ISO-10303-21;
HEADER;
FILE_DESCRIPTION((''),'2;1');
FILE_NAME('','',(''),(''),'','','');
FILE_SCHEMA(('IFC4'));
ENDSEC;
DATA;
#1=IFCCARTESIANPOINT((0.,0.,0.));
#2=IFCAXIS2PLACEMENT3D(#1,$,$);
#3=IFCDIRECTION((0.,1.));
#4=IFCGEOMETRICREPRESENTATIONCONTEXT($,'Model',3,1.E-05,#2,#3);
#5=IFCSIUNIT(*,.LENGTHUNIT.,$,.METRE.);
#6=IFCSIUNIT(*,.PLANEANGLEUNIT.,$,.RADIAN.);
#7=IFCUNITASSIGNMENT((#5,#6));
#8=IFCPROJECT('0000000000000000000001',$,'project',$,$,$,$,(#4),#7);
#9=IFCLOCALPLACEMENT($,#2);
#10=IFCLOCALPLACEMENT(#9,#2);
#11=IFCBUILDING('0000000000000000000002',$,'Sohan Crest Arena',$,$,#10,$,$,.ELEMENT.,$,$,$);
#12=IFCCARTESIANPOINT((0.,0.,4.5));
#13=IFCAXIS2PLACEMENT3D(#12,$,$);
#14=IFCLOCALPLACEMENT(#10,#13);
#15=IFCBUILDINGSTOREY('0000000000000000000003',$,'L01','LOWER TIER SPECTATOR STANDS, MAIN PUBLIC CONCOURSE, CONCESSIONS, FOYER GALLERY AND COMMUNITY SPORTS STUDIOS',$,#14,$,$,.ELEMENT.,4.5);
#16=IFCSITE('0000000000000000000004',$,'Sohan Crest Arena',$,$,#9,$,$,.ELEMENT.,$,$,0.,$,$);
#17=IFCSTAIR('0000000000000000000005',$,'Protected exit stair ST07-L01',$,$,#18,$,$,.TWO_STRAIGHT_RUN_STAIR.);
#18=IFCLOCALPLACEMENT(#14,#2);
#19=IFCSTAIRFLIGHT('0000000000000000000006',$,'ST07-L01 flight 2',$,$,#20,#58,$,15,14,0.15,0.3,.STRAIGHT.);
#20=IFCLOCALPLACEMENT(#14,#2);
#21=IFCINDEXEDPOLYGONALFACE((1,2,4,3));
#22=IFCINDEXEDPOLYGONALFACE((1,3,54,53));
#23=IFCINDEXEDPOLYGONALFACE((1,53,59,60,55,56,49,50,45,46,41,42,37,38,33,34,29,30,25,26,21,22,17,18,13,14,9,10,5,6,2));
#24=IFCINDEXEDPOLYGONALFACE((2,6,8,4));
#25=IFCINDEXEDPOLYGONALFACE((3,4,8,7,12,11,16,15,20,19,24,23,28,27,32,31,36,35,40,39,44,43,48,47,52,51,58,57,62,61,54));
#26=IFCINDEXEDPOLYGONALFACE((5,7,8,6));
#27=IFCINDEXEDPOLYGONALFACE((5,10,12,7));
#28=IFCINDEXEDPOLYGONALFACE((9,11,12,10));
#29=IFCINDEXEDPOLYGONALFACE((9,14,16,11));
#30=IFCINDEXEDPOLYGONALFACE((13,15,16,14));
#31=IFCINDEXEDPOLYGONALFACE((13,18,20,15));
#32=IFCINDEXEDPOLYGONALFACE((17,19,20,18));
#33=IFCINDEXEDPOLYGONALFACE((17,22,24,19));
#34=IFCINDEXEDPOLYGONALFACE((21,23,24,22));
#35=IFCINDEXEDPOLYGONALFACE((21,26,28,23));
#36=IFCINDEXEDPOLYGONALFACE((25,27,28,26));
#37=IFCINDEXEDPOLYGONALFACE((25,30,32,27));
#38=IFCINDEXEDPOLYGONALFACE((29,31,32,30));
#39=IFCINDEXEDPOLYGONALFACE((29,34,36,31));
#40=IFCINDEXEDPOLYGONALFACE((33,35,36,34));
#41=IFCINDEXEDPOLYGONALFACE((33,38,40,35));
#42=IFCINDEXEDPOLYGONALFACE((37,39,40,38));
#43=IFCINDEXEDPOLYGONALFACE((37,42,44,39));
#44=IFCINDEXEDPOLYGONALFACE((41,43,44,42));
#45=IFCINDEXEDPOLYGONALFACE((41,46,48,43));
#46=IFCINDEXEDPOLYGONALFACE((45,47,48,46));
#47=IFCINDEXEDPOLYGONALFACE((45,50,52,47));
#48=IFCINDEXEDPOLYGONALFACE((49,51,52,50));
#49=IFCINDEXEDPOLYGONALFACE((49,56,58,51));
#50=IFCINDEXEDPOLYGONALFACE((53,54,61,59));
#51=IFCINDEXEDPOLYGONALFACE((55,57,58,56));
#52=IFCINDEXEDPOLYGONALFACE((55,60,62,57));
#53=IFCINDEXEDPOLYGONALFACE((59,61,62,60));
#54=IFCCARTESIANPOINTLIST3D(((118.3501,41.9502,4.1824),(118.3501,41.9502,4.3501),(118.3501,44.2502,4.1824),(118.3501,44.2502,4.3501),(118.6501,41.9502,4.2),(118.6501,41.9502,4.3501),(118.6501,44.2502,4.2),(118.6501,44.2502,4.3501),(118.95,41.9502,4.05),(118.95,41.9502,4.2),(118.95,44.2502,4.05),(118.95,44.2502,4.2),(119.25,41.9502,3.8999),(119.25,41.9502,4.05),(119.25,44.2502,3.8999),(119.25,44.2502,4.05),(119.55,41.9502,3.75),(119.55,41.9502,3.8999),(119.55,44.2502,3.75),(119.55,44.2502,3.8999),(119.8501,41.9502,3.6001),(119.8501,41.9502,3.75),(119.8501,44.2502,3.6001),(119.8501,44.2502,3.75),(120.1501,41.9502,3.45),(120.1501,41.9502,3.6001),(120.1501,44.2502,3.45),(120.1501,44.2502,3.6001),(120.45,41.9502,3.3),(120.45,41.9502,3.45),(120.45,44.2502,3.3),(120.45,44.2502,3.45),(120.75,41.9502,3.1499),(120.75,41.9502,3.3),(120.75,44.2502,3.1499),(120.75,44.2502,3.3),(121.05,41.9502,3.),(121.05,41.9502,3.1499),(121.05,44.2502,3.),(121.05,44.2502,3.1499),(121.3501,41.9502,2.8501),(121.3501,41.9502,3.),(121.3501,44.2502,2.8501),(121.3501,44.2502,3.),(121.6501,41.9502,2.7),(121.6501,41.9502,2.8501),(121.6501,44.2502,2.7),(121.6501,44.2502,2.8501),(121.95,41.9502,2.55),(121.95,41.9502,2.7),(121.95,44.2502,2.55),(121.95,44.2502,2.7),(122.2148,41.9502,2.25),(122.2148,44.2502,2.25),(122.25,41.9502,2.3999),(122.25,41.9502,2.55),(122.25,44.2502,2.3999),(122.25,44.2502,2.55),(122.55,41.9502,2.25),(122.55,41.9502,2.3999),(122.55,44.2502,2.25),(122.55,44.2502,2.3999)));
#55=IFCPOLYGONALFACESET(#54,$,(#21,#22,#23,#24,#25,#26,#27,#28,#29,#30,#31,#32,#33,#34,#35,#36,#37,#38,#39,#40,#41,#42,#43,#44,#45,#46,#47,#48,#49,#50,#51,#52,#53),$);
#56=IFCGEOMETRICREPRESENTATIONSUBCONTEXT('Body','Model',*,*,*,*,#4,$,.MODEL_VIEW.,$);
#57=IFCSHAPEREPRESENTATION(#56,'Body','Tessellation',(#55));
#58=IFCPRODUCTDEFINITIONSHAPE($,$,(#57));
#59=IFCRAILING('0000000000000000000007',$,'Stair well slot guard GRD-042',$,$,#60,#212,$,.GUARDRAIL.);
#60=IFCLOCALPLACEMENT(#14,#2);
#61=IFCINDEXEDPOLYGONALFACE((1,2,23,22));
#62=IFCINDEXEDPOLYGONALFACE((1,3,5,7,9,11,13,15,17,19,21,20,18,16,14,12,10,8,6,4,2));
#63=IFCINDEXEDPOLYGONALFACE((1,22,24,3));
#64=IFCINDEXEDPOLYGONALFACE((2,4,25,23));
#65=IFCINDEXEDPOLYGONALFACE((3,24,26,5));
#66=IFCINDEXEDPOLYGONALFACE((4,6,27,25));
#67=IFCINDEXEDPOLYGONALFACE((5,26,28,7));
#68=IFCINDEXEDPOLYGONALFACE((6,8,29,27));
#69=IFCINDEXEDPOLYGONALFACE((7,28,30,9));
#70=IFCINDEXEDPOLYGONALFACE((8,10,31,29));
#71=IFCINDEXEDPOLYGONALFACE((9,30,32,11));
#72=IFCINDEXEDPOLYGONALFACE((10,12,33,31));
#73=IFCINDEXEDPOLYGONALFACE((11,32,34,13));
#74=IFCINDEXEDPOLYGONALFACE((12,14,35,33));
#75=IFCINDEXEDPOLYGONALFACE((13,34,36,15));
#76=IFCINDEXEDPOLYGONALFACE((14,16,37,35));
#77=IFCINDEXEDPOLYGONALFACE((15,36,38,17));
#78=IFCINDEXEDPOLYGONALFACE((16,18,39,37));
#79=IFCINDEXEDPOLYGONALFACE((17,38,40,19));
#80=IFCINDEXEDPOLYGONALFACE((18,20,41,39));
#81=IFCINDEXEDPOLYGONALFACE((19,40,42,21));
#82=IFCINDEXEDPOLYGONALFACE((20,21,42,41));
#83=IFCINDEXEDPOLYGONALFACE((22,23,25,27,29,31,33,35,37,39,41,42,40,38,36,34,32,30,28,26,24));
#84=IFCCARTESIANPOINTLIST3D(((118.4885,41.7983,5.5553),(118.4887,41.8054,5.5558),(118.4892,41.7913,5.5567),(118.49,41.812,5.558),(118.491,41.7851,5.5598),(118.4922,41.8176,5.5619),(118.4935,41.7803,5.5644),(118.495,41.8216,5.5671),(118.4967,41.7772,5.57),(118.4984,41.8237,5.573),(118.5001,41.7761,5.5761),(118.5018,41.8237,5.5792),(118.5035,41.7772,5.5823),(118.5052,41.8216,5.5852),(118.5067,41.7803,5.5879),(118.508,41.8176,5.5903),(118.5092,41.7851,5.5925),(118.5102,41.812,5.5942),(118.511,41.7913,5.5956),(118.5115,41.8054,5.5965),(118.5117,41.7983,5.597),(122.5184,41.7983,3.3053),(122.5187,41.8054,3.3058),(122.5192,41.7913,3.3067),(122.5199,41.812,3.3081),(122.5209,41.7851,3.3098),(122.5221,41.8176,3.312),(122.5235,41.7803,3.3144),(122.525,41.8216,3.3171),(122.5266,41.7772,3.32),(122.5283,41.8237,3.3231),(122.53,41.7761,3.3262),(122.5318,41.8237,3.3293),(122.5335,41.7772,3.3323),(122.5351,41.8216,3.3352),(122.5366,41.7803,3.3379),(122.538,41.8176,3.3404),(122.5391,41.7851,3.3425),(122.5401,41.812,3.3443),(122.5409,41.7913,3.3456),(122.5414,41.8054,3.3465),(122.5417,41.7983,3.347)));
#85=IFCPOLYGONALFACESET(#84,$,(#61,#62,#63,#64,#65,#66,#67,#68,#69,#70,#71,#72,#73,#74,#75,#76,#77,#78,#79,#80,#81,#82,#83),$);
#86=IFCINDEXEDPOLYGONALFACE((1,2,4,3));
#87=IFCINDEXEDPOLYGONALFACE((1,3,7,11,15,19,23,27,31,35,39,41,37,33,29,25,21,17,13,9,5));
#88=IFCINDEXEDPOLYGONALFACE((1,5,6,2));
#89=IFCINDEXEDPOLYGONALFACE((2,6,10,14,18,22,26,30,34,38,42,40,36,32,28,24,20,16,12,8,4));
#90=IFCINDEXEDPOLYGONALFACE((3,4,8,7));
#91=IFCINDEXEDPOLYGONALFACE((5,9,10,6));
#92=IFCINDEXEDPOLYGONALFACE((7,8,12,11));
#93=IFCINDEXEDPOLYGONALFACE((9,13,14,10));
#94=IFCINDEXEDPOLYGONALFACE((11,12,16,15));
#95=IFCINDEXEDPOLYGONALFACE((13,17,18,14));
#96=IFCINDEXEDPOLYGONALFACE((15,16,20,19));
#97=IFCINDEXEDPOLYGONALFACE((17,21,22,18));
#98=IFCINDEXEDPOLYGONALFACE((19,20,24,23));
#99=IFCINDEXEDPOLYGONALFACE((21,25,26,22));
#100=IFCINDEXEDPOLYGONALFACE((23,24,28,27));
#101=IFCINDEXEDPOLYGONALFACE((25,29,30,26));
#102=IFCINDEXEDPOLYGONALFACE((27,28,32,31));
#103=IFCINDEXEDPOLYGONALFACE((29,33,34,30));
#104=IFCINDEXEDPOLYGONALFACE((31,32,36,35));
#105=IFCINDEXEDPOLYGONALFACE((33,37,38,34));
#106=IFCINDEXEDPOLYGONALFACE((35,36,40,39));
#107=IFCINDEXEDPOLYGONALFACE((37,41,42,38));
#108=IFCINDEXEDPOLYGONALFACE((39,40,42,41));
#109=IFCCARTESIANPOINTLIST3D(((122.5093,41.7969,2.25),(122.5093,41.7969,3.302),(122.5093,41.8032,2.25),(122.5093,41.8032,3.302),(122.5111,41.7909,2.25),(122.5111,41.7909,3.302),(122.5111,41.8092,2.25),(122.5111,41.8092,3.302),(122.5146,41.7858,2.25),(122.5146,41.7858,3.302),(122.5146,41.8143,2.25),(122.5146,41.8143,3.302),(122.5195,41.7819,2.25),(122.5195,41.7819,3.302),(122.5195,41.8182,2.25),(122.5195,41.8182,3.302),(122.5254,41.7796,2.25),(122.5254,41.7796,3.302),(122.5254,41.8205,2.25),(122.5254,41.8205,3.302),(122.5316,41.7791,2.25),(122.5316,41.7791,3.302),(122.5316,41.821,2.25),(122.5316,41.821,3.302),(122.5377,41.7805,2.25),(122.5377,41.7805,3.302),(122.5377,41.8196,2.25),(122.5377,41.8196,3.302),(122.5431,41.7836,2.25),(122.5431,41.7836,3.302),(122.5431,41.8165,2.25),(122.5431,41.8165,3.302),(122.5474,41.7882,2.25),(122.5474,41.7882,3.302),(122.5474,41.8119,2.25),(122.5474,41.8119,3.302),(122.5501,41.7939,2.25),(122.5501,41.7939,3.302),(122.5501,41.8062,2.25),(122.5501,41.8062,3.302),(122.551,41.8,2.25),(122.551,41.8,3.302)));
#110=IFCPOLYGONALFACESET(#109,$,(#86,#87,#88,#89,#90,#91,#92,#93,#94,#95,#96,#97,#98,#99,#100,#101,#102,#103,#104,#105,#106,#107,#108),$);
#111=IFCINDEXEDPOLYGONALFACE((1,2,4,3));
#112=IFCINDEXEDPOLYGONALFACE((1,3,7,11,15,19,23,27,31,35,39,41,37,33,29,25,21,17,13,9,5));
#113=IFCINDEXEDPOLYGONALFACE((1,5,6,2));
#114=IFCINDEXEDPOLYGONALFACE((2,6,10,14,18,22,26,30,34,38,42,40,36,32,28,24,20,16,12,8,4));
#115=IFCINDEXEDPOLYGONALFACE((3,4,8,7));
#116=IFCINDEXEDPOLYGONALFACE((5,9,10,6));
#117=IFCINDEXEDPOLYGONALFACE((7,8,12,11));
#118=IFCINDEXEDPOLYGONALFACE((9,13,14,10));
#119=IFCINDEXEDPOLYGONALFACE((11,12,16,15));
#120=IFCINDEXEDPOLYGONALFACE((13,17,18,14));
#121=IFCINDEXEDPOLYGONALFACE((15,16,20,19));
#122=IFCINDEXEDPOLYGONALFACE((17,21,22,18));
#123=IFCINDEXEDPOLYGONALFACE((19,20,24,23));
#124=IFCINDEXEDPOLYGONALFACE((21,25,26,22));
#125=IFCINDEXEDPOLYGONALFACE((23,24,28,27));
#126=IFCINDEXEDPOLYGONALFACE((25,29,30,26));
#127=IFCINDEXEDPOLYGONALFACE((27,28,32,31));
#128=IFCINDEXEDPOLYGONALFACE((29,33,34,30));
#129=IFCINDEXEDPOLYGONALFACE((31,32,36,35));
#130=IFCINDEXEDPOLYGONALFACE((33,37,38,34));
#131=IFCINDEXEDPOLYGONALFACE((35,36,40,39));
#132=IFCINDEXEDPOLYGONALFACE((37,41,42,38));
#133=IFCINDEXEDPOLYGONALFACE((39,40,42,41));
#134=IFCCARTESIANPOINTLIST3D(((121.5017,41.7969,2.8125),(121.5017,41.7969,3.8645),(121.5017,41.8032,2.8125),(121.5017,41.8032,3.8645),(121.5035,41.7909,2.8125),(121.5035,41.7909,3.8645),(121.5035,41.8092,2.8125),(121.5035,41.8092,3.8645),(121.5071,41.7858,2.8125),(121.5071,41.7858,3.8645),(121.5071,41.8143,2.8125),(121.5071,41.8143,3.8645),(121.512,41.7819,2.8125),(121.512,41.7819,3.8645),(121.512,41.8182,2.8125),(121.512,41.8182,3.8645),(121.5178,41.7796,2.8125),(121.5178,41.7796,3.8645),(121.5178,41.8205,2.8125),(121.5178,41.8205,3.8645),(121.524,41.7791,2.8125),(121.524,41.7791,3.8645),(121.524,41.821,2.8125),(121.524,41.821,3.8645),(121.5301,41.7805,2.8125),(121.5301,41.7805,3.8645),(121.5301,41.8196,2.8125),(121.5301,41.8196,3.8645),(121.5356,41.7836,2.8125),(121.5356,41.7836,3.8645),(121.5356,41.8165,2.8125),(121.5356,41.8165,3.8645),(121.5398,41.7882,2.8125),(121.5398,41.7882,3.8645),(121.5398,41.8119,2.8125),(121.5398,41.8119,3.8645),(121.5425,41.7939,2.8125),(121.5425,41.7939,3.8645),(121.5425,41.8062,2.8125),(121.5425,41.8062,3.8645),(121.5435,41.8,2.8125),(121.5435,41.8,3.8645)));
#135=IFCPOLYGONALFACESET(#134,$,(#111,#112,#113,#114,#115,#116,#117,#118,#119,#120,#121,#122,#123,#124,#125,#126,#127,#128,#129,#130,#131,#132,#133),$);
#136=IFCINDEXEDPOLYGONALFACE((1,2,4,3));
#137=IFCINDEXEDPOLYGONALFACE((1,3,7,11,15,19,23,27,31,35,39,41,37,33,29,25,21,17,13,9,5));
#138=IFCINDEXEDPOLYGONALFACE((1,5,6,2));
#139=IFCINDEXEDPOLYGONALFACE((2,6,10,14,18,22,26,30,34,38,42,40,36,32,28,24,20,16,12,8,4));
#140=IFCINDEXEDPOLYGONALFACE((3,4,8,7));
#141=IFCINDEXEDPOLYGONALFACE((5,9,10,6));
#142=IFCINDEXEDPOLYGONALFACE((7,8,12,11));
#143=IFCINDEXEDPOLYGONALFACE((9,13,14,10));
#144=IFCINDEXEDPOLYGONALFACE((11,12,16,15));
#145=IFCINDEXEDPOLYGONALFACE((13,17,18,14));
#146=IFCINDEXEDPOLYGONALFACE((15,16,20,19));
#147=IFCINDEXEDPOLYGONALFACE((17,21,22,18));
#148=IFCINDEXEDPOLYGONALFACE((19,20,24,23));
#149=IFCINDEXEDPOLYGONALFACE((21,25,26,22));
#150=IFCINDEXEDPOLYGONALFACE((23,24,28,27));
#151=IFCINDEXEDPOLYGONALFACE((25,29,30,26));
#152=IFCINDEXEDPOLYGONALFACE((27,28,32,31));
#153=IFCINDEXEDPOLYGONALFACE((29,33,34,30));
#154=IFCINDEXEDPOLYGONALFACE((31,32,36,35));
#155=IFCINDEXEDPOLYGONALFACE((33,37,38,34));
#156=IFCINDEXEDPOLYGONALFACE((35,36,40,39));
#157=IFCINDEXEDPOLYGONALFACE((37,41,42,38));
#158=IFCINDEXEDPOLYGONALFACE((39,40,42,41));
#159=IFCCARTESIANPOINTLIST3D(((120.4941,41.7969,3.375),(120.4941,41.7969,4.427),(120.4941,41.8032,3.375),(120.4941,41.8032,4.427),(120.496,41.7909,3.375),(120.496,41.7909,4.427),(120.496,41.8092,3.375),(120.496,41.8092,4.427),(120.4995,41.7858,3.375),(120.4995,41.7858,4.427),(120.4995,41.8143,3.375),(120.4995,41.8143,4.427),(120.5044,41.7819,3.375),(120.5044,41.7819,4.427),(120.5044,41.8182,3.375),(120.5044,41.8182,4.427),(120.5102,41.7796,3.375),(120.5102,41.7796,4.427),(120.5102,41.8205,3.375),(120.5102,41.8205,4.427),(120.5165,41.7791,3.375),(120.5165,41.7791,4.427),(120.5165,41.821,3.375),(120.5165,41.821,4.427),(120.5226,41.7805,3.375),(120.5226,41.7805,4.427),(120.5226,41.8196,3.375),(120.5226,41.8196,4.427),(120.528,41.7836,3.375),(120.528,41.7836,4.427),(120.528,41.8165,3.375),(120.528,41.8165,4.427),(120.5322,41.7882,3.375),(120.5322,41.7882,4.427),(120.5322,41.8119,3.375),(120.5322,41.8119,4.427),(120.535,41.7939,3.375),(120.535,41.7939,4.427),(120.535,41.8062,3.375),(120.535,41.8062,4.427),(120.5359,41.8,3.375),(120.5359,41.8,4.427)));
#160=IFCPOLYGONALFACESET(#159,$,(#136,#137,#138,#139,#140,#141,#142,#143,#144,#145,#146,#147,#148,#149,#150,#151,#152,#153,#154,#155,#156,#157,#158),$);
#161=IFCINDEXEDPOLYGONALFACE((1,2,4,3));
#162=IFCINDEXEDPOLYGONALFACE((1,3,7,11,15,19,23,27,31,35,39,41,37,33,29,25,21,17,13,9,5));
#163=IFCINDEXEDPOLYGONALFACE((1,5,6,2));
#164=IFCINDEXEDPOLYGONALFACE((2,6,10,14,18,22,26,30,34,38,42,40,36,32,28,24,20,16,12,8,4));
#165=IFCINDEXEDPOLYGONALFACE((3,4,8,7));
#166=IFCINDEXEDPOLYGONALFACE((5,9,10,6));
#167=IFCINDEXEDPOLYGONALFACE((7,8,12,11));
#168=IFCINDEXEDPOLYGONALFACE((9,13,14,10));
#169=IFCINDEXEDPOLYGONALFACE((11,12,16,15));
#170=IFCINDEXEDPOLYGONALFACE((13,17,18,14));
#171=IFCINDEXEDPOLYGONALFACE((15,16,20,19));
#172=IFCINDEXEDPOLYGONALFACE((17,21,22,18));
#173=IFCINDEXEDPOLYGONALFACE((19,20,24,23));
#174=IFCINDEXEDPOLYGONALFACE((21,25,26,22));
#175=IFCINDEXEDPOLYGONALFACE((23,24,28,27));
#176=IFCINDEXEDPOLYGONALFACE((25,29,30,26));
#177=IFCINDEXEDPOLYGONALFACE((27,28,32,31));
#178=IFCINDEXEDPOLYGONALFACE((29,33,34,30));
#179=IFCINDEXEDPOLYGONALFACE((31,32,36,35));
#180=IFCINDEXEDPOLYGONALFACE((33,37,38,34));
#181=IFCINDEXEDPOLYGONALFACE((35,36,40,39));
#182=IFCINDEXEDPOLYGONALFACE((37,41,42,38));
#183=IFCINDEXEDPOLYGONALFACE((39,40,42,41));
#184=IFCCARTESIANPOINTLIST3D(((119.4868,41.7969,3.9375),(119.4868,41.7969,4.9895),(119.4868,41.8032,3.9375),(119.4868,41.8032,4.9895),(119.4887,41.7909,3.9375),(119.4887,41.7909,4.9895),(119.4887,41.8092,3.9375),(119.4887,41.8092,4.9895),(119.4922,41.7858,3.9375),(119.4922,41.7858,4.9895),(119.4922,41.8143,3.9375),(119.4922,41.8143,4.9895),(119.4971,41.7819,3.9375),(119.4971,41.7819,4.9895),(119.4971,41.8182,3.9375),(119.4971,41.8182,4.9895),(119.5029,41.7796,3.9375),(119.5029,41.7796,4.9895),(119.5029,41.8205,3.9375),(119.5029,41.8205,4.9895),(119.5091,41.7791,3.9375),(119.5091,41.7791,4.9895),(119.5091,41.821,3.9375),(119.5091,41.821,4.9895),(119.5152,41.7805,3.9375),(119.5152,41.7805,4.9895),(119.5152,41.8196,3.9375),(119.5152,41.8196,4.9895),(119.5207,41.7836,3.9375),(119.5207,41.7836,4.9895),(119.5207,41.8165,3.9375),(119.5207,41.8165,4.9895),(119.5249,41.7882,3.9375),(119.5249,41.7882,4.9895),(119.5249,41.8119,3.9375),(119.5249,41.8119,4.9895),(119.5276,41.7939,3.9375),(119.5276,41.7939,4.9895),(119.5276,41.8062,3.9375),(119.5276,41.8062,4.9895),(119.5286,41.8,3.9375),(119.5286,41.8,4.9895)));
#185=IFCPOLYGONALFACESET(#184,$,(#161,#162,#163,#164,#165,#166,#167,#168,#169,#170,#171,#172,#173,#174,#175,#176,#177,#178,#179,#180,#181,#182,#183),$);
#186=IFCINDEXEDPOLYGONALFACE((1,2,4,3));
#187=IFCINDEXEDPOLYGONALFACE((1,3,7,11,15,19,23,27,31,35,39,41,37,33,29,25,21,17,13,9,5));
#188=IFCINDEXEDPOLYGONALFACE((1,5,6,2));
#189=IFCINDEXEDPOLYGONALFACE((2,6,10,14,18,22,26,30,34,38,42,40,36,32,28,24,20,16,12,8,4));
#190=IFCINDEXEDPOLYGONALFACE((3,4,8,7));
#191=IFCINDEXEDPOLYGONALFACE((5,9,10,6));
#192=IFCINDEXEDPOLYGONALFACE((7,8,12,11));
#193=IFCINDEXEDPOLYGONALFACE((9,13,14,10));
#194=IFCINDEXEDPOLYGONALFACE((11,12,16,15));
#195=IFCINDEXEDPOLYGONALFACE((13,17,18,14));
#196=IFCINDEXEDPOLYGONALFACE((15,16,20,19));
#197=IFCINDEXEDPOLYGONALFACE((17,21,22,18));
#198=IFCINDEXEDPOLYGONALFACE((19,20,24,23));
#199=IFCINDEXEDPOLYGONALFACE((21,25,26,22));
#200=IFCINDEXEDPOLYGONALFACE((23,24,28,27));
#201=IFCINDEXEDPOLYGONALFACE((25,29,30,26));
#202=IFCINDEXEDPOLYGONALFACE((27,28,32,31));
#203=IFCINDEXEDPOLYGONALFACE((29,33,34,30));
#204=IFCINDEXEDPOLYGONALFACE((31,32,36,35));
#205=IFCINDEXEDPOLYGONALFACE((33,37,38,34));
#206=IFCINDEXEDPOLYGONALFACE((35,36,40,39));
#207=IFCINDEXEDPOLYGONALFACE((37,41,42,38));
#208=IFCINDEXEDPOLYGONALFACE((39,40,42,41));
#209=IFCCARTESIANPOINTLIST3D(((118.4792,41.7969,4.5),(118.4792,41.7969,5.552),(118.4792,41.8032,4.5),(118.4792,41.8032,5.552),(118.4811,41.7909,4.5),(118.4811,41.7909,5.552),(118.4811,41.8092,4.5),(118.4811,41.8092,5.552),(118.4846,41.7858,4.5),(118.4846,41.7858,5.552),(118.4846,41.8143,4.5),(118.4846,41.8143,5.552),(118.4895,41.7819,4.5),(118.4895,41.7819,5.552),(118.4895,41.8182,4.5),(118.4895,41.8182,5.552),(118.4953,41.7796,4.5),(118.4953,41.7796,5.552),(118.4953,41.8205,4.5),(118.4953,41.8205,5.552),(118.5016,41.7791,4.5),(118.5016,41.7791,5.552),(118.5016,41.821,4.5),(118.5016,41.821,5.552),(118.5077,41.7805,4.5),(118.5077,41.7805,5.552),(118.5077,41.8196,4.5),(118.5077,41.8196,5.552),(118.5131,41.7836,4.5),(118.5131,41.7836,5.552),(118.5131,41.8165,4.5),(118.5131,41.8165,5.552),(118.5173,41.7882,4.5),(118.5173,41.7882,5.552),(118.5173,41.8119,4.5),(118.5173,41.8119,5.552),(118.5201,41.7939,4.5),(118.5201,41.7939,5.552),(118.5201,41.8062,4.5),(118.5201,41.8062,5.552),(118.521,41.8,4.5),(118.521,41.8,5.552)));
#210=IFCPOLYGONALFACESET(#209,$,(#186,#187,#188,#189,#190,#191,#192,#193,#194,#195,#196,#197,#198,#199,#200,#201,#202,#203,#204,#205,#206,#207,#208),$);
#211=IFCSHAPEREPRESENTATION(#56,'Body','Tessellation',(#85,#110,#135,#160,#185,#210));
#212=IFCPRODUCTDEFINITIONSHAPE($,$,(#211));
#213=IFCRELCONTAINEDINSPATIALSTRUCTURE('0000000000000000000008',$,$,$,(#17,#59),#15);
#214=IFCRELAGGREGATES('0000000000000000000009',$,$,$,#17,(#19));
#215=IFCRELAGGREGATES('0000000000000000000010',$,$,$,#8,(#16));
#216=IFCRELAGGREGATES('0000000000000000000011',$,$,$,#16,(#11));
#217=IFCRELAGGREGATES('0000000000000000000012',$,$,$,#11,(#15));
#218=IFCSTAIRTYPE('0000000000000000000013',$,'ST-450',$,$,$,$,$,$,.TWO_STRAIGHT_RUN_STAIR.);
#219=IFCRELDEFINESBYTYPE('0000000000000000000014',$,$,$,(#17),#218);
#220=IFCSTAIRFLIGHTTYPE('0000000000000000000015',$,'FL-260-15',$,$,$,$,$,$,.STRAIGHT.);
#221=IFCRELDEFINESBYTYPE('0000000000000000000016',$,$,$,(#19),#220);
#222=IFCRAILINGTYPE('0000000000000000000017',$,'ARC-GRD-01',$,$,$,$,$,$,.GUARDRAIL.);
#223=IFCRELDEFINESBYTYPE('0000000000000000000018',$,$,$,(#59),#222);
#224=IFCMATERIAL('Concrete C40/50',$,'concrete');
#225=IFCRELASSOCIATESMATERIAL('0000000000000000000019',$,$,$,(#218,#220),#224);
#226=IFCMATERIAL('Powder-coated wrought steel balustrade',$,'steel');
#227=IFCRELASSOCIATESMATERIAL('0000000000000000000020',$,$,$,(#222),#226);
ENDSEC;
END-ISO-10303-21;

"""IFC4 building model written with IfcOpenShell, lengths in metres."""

from ifc_helpers import new_model, si_unit, direction, frame, origin, origin_2d, place, context, subcontext, project, spatial, polyline, circle, outline, extrude, material, type_object, element, aggregate, save


model = new_model("IFC4")

# Units and contexts
model_context = context("Model", 3, precision=1e-05, world=origin(), true_north=direction((0.0, 1.0)))
body_context = subcontext(model_context, "Body", "Model", "MODEL_VIEW")
ifc_project = project(units=[si_unit("LENGTHUNIT", "METRE"), si_unit("PLANEANGLEUNIT", "RADIAN")], contexts=[model_context])

# Site, building, storey
site_placement = place(None, origin())
site = spatial("IfcSite", under=ifc_project, at=site_placement, Name="Sohan Crest Arena", CompositionType="ELEMENT", RefElevation=0.0)
building_placement = place(site_placement, origin())
building = spatial("IfcBuilding", under=site, at=building_placement, Name="Sohan Crest Arena", CompositionType="ELEMENT")
storey_placement = place(building_placement, frame((0.0, 0.0, 4.5)))
storey = spatial("IfcBuildingStorey", under=building, at=storey_placement, Name="L01", Description="LOWER TIER SPECTATOR STANDS, MAIN PUBLIC CONCOURSE, CONCESSIONS, FOYER GALLERY AND COMMUNITY SPORTS STUDIOS", CompositionType="ELEMENT", Elevation=4.5)

# Shared definitions
ifc_material_1 = material(Name="Concrete C40/50", Category="concrete")

# Stair, stair flight
stair_type = type_object("IfcStairType", Name="ST-450", PredefinedType="TWO_STRAIGHT_RUN_STAIR", material=ifc_material_1)
stair_placement = place(storey_placement, origin())
stair = element("IfcStair", 1, at=stair_placement, inside=storey, type_object=stair_type, Name="Protected exit stair ST07-L01", PredefinedType="TWO_STRAIGHT_RUN_STAIR")
stair_flight_type = type_object("IfcStairFlightType", Name="FL-260-15", PredefinedType="STRAIGHT", material=ifc_material_1)
stair_flight_1_placement = place(storey_placement, frame((122.55, 43.1001, 2.25), z_axis=(0.0, 0.0, 1.0), x_axis=(-1.0, 0.0, 0.0)))
stair_flight_1 = element("IfcStairFlight", 2, at=stair_flight_1_placement, type_object=stair_flight_type, Name="ST07-L01 flight 2", NumberOfRisers=15, NumberOfTreads=14, PredefinedType="STRAIGHT", RiserHeight=0.15, TreadLength=0.3, context=body_context, shape_type="SweptSolid", body=[
    extrude(outline(polyline([(0.0, 0.0), (0.0, 0.1499), (0.3, 0.1499), (0.3, 0.3), (0.6001, 0.3), (0.6001, 0.45), (0.8999, 0.45), (0.8999, 0.6001), (1.2, 0.6001), (1.2, 0.75), (1.5, 0.75), (1.5, 0.8999), (1.8, 0.8999), (1.8, 1.05), (2.1001, 1.05), (2.1001, 1.2), (2.3999, 1.2), (2.3999, 1.3501), (2.7, 1.3501), (2.7, 1.5), (3.0, 1.5), (3.0, 1.6499), (3.3, 1.6499), (3.3, 1.8), (3.6001, 1.8), (3.6001, 1.95), (3.8999, 1.95), (3.8999, 2.1001), (4.2, 2.1001), (4.2, 2.25), (4.2, 1.9324), (0.3352, 0.0), (0.0, 0.0)])), frame((0.0, 1.1499, 0.0), z_axis=(0.0, -1.0, 0.0), x_axis=(1.0, 0.0, 0.0)), (0.0, 0.0, 1.0), 2.3),
])
aggregate(stair, [stair_flight_1])

# Railing
ifc_material_2 = material(Name="Powder-coated wrought steel balustrade", Category="steel")
railing_type_1 = type_object("IfcRailingType", Name="ARC-GRD-01", PredefinedType="GUARDRAIL", material=ifc_material_2)
railing_1_placement = place(storey_placement, frame((122.53, 41.8, 2.25)))
element("IfcRailing", 3, at=railing_1_placement, inside=storey, type_object=railing_type_1, Name="Stair well slot guard GRD-042", PredefinedType="GUARDRAIL", context=body_context, shape_type="SweptSolid", body=[
    extrude(circle(Radius=0.0239, at=origin_2d()), frame((0.0, 0.0, 1.0762), z_axis=(-0.873135, 0.0, 0.487479), x_axis=(0.0, -1.0, 0.0)), (0.0, 0.0, 1.0), 4.6155),
    extrude(circle(Radius=0.021, at=origin_2d()), origin(), (0.0, 0.0, 1.0), 1.052),
    extrude(circle(Radius=0.021, at=origin_2d()), frame((-1.0076, 0.0, 0.5625)), (0.0, 0.0, 1.0), 1.052),
    extrude(circle(Radius=0.021, at=origin_2d()), frame((-2.0151, 0.0, 1.125)), (0.0, 0.0, 1.0), 1.052),
    extrude(circle(Radius=0.021, at=origin_2d()), frame((-3.0225, 0.0, 1.6875)), (0.0, 0.0, 1.0), 1.052),
    extrude(circle(Radius=0.021, at=origin_2d()), frame((-4.03, 0.0, 2.25)), (0.0, 0.0, 1.0), 1.052),
])

save(model, "model.ifc")
